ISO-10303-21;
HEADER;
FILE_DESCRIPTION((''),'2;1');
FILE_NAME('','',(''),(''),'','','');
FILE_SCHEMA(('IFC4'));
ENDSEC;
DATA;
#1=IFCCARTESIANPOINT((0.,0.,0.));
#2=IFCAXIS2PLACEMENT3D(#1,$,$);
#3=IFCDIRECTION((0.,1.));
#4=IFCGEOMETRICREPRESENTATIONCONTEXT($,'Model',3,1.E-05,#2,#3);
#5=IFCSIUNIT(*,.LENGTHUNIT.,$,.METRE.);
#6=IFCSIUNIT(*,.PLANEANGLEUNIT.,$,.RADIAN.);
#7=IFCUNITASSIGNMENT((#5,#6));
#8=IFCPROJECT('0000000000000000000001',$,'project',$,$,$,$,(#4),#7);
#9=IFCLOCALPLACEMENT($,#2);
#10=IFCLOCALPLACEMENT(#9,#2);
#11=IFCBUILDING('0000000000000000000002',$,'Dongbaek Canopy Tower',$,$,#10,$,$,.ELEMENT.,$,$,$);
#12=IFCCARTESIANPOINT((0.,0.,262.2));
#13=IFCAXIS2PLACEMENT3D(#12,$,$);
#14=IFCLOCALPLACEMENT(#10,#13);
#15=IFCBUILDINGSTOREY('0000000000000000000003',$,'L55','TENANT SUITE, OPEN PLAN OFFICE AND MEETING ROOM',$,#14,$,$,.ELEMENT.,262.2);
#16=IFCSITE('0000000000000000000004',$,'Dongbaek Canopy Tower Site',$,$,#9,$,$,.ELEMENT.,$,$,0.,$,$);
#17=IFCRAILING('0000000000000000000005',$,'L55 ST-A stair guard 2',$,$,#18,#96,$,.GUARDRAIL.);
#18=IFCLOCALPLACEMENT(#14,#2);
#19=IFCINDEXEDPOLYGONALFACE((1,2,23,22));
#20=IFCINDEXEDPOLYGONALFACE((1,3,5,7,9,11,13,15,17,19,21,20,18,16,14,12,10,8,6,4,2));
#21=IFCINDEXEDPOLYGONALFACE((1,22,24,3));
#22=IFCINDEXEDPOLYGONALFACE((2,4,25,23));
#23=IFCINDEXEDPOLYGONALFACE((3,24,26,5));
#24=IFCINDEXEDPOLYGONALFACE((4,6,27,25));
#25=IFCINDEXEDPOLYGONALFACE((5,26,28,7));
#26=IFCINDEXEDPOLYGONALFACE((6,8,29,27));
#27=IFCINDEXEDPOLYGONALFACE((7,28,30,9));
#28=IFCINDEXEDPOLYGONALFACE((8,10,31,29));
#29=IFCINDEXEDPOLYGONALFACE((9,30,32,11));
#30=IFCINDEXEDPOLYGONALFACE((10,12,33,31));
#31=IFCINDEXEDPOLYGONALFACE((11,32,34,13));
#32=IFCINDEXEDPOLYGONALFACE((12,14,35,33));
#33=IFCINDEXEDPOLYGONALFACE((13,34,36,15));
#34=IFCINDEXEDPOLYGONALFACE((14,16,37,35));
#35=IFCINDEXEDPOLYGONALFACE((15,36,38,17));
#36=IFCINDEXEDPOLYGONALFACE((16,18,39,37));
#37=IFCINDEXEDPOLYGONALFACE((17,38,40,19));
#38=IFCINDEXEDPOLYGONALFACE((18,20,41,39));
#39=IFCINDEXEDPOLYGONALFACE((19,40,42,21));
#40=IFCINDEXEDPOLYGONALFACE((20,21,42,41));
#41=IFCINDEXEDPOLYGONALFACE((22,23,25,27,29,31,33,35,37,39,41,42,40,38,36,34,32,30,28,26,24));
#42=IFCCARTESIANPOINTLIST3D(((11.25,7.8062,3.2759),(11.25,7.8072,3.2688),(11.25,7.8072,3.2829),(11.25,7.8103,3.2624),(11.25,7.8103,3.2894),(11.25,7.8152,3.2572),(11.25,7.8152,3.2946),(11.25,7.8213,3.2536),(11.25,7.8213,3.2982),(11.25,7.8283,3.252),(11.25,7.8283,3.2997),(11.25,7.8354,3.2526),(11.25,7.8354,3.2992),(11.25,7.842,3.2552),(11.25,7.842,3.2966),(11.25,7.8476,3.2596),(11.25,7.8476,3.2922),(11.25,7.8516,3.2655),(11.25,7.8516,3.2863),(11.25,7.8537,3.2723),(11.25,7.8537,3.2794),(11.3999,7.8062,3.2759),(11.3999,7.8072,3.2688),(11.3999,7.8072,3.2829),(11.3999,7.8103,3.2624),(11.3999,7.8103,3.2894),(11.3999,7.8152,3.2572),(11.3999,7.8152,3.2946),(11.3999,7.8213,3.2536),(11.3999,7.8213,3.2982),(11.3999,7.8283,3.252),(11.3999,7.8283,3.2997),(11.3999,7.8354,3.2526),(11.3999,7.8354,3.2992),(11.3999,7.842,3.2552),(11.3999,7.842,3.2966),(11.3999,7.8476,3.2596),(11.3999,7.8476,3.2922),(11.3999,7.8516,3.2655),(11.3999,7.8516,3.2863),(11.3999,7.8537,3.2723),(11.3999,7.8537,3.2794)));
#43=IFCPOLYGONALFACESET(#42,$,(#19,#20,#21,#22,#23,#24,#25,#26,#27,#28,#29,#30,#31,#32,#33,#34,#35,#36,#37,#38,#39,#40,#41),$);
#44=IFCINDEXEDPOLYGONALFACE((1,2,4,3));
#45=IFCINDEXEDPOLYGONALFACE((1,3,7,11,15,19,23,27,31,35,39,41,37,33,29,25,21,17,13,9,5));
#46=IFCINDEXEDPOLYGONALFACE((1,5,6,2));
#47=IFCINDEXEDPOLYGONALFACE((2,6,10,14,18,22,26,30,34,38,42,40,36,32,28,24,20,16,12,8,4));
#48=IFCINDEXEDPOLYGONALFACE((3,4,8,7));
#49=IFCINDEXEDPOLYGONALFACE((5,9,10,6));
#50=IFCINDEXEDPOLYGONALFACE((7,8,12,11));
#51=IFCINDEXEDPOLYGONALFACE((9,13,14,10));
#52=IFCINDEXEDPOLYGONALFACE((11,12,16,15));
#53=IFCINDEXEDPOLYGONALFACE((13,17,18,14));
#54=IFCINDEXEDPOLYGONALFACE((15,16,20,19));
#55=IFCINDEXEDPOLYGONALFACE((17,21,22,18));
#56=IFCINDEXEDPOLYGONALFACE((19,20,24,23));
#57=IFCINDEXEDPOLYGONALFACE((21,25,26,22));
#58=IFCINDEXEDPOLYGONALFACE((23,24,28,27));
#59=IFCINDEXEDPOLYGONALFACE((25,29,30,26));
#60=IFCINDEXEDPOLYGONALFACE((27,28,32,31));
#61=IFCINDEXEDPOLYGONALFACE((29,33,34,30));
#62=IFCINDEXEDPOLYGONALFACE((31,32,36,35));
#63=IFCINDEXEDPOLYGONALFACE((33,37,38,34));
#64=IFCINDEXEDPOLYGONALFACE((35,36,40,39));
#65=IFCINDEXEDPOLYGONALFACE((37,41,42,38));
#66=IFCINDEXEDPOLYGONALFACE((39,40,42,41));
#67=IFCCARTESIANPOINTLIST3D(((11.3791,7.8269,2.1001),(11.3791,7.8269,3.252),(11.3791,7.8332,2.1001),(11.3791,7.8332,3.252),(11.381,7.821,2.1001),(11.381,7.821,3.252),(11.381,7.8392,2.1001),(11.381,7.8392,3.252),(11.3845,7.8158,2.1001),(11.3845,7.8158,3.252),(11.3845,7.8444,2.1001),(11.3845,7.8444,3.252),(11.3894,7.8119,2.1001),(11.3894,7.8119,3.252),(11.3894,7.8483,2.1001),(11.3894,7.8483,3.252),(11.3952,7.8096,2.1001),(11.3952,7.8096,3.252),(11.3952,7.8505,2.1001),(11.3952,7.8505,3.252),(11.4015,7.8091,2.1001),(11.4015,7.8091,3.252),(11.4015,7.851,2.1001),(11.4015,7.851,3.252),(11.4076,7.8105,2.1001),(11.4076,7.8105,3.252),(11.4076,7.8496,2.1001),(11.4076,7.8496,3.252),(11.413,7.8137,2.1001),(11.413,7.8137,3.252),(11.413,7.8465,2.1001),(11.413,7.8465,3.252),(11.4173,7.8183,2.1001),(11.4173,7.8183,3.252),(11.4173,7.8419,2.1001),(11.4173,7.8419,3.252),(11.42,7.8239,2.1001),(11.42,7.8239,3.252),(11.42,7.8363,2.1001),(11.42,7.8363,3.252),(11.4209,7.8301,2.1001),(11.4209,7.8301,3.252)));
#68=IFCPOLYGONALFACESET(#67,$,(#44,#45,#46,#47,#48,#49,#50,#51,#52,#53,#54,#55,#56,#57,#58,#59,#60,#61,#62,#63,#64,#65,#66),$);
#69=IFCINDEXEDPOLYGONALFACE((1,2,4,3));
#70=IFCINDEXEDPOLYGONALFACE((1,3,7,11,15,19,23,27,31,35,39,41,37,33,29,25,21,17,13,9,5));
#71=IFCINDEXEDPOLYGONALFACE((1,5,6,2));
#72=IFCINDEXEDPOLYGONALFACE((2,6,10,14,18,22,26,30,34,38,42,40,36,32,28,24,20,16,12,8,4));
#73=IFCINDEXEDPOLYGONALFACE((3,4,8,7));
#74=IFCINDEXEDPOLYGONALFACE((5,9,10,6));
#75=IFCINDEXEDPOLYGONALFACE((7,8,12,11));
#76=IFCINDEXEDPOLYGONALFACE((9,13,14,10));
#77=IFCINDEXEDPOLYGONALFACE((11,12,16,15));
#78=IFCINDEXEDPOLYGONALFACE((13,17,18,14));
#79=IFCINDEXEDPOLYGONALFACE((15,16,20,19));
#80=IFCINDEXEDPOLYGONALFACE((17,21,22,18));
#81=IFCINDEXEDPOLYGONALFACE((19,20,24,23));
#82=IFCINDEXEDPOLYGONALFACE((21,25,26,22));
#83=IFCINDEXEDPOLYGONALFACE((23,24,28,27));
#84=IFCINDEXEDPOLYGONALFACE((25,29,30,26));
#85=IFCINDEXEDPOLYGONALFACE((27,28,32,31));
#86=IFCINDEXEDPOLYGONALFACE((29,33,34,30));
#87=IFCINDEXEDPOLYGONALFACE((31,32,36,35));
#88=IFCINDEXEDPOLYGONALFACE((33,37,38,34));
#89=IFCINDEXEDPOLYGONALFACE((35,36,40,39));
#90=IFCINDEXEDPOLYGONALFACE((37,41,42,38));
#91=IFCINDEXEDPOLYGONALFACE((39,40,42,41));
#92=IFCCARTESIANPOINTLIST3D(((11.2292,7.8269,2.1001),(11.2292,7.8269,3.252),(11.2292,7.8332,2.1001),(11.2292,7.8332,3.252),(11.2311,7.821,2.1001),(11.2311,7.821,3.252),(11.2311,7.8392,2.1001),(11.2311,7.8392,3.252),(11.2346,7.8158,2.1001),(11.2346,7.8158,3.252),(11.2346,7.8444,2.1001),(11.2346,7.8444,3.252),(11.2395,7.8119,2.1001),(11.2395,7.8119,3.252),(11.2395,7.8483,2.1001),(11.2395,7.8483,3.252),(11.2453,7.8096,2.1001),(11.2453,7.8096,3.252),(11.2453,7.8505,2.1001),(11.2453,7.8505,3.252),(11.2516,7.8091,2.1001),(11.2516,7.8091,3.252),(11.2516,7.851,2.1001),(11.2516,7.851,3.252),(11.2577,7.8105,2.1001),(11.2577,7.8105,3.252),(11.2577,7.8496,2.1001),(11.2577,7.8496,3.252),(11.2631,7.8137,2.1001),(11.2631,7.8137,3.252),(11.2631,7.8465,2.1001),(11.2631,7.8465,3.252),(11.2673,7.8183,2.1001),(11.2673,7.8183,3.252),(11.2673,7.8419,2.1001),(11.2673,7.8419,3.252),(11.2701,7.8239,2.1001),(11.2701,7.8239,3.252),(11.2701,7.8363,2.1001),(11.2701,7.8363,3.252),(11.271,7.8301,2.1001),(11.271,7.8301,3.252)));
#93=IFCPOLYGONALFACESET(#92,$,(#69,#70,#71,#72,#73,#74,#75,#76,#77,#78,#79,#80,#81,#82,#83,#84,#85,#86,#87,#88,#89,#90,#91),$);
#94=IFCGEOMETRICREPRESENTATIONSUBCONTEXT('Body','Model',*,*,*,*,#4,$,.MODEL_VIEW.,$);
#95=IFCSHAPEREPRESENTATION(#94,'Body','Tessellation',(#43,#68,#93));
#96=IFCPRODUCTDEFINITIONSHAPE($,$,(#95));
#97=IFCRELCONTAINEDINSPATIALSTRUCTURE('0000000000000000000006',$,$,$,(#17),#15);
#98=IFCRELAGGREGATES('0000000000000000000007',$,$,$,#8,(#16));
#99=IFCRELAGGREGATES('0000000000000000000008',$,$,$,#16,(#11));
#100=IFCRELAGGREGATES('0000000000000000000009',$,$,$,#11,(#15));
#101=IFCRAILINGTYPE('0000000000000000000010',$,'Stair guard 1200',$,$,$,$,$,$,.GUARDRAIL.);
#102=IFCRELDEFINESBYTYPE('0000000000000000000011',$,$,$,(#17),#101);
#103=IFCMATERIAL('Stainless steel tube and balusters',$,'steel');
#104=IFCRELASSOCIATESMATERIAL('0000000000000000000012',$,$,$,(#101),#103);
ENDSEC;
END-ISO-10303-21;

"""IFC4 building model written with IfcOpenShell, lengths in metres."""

from ifc_helpers import new_model, si_unit, direction, frame, origin, origin_2d, place, context, subcontext, project, spatial, circle, extrude, material, type_object, element, save


model = new_model("IFC4")

# Units and contexts
model_context = context("Model", 3, precision=1e-05, world=origin(), true_north=direction((0.0, 1.0)))
body_context = subcontext(model_context, "Body", "Model", "MODEL_VIEW")
ifc_project = project(units=[si_unit("LENGTHUNIT", "METRE"), si_unit("PLANEANGLEUNIT", "RADIAN")], contexts=[model_context])

# Site, building, storey
site_placement = place(None, origin())
site = spatial("IfcSite", under=ifc_project, at=site_placement, Name="Dongbaek Canopy Tower Site", CompositionType="ELEMENT", RefElevation=0.0)
building_placement = place(site_placement, origin())
building = spatial("IfcBuilding", under=site, at=building_placement, Name="Dongbaek Canopy Tower", CompositionType="ELEMENT")
storey_placement = place(building_placement, frame((0.0, 0.0, 262.2)))
storey = spatial("IfcBuildingStorey", under=building, at=storey_placement, Name="L55", Description="TENANT SUITE, OPEN PLAN OFFICE AND MEETING ROOM", CompositionType="ELEMENT", Elevation=262.2)

# Railing
ifc_material_1 = material(Name="Stainless steel tube and balusters", Category="steel")
railing_type_1 = type_object("IfcRailingType", Name="Stair guard 1200", PredefinedType="GUARDRAIL", material=ifc_material_1)
railing_1_placement = place(storey_placement, frame((11.3999, 7.8301, 2.1001)))
element("IfcRailing", 1, at=railing_1_placement, inside=storey, type_object=railing_type_1, Name="L55 ST-A stair guard 2", PredefinedType="GUARDRAIL", context=body_context, shape_type="SweptSolid", body=[
    extrude(circle(Radius=0.0239, at=origin_2d()), frame((0.0, 0.0, 1.1758), z_axis=(-1.0, 0.0, 0.0), x_axis=(0.0, -1.0, 0.0)), (0.0, 0.0, 1.0), 0.1499),
    extrude(circle(Radius=0.021, at=origin_2d()), origin(), (0.0, 0.0, 1.0), 1.1519),
    extrude(circle(Radius=0.021, at=origin_2d()), frame((-0.1499, 0.0, 0.0)), (0.0, 0.0, 1.0), 1.1519),
])

save(model, "model.ifc")
